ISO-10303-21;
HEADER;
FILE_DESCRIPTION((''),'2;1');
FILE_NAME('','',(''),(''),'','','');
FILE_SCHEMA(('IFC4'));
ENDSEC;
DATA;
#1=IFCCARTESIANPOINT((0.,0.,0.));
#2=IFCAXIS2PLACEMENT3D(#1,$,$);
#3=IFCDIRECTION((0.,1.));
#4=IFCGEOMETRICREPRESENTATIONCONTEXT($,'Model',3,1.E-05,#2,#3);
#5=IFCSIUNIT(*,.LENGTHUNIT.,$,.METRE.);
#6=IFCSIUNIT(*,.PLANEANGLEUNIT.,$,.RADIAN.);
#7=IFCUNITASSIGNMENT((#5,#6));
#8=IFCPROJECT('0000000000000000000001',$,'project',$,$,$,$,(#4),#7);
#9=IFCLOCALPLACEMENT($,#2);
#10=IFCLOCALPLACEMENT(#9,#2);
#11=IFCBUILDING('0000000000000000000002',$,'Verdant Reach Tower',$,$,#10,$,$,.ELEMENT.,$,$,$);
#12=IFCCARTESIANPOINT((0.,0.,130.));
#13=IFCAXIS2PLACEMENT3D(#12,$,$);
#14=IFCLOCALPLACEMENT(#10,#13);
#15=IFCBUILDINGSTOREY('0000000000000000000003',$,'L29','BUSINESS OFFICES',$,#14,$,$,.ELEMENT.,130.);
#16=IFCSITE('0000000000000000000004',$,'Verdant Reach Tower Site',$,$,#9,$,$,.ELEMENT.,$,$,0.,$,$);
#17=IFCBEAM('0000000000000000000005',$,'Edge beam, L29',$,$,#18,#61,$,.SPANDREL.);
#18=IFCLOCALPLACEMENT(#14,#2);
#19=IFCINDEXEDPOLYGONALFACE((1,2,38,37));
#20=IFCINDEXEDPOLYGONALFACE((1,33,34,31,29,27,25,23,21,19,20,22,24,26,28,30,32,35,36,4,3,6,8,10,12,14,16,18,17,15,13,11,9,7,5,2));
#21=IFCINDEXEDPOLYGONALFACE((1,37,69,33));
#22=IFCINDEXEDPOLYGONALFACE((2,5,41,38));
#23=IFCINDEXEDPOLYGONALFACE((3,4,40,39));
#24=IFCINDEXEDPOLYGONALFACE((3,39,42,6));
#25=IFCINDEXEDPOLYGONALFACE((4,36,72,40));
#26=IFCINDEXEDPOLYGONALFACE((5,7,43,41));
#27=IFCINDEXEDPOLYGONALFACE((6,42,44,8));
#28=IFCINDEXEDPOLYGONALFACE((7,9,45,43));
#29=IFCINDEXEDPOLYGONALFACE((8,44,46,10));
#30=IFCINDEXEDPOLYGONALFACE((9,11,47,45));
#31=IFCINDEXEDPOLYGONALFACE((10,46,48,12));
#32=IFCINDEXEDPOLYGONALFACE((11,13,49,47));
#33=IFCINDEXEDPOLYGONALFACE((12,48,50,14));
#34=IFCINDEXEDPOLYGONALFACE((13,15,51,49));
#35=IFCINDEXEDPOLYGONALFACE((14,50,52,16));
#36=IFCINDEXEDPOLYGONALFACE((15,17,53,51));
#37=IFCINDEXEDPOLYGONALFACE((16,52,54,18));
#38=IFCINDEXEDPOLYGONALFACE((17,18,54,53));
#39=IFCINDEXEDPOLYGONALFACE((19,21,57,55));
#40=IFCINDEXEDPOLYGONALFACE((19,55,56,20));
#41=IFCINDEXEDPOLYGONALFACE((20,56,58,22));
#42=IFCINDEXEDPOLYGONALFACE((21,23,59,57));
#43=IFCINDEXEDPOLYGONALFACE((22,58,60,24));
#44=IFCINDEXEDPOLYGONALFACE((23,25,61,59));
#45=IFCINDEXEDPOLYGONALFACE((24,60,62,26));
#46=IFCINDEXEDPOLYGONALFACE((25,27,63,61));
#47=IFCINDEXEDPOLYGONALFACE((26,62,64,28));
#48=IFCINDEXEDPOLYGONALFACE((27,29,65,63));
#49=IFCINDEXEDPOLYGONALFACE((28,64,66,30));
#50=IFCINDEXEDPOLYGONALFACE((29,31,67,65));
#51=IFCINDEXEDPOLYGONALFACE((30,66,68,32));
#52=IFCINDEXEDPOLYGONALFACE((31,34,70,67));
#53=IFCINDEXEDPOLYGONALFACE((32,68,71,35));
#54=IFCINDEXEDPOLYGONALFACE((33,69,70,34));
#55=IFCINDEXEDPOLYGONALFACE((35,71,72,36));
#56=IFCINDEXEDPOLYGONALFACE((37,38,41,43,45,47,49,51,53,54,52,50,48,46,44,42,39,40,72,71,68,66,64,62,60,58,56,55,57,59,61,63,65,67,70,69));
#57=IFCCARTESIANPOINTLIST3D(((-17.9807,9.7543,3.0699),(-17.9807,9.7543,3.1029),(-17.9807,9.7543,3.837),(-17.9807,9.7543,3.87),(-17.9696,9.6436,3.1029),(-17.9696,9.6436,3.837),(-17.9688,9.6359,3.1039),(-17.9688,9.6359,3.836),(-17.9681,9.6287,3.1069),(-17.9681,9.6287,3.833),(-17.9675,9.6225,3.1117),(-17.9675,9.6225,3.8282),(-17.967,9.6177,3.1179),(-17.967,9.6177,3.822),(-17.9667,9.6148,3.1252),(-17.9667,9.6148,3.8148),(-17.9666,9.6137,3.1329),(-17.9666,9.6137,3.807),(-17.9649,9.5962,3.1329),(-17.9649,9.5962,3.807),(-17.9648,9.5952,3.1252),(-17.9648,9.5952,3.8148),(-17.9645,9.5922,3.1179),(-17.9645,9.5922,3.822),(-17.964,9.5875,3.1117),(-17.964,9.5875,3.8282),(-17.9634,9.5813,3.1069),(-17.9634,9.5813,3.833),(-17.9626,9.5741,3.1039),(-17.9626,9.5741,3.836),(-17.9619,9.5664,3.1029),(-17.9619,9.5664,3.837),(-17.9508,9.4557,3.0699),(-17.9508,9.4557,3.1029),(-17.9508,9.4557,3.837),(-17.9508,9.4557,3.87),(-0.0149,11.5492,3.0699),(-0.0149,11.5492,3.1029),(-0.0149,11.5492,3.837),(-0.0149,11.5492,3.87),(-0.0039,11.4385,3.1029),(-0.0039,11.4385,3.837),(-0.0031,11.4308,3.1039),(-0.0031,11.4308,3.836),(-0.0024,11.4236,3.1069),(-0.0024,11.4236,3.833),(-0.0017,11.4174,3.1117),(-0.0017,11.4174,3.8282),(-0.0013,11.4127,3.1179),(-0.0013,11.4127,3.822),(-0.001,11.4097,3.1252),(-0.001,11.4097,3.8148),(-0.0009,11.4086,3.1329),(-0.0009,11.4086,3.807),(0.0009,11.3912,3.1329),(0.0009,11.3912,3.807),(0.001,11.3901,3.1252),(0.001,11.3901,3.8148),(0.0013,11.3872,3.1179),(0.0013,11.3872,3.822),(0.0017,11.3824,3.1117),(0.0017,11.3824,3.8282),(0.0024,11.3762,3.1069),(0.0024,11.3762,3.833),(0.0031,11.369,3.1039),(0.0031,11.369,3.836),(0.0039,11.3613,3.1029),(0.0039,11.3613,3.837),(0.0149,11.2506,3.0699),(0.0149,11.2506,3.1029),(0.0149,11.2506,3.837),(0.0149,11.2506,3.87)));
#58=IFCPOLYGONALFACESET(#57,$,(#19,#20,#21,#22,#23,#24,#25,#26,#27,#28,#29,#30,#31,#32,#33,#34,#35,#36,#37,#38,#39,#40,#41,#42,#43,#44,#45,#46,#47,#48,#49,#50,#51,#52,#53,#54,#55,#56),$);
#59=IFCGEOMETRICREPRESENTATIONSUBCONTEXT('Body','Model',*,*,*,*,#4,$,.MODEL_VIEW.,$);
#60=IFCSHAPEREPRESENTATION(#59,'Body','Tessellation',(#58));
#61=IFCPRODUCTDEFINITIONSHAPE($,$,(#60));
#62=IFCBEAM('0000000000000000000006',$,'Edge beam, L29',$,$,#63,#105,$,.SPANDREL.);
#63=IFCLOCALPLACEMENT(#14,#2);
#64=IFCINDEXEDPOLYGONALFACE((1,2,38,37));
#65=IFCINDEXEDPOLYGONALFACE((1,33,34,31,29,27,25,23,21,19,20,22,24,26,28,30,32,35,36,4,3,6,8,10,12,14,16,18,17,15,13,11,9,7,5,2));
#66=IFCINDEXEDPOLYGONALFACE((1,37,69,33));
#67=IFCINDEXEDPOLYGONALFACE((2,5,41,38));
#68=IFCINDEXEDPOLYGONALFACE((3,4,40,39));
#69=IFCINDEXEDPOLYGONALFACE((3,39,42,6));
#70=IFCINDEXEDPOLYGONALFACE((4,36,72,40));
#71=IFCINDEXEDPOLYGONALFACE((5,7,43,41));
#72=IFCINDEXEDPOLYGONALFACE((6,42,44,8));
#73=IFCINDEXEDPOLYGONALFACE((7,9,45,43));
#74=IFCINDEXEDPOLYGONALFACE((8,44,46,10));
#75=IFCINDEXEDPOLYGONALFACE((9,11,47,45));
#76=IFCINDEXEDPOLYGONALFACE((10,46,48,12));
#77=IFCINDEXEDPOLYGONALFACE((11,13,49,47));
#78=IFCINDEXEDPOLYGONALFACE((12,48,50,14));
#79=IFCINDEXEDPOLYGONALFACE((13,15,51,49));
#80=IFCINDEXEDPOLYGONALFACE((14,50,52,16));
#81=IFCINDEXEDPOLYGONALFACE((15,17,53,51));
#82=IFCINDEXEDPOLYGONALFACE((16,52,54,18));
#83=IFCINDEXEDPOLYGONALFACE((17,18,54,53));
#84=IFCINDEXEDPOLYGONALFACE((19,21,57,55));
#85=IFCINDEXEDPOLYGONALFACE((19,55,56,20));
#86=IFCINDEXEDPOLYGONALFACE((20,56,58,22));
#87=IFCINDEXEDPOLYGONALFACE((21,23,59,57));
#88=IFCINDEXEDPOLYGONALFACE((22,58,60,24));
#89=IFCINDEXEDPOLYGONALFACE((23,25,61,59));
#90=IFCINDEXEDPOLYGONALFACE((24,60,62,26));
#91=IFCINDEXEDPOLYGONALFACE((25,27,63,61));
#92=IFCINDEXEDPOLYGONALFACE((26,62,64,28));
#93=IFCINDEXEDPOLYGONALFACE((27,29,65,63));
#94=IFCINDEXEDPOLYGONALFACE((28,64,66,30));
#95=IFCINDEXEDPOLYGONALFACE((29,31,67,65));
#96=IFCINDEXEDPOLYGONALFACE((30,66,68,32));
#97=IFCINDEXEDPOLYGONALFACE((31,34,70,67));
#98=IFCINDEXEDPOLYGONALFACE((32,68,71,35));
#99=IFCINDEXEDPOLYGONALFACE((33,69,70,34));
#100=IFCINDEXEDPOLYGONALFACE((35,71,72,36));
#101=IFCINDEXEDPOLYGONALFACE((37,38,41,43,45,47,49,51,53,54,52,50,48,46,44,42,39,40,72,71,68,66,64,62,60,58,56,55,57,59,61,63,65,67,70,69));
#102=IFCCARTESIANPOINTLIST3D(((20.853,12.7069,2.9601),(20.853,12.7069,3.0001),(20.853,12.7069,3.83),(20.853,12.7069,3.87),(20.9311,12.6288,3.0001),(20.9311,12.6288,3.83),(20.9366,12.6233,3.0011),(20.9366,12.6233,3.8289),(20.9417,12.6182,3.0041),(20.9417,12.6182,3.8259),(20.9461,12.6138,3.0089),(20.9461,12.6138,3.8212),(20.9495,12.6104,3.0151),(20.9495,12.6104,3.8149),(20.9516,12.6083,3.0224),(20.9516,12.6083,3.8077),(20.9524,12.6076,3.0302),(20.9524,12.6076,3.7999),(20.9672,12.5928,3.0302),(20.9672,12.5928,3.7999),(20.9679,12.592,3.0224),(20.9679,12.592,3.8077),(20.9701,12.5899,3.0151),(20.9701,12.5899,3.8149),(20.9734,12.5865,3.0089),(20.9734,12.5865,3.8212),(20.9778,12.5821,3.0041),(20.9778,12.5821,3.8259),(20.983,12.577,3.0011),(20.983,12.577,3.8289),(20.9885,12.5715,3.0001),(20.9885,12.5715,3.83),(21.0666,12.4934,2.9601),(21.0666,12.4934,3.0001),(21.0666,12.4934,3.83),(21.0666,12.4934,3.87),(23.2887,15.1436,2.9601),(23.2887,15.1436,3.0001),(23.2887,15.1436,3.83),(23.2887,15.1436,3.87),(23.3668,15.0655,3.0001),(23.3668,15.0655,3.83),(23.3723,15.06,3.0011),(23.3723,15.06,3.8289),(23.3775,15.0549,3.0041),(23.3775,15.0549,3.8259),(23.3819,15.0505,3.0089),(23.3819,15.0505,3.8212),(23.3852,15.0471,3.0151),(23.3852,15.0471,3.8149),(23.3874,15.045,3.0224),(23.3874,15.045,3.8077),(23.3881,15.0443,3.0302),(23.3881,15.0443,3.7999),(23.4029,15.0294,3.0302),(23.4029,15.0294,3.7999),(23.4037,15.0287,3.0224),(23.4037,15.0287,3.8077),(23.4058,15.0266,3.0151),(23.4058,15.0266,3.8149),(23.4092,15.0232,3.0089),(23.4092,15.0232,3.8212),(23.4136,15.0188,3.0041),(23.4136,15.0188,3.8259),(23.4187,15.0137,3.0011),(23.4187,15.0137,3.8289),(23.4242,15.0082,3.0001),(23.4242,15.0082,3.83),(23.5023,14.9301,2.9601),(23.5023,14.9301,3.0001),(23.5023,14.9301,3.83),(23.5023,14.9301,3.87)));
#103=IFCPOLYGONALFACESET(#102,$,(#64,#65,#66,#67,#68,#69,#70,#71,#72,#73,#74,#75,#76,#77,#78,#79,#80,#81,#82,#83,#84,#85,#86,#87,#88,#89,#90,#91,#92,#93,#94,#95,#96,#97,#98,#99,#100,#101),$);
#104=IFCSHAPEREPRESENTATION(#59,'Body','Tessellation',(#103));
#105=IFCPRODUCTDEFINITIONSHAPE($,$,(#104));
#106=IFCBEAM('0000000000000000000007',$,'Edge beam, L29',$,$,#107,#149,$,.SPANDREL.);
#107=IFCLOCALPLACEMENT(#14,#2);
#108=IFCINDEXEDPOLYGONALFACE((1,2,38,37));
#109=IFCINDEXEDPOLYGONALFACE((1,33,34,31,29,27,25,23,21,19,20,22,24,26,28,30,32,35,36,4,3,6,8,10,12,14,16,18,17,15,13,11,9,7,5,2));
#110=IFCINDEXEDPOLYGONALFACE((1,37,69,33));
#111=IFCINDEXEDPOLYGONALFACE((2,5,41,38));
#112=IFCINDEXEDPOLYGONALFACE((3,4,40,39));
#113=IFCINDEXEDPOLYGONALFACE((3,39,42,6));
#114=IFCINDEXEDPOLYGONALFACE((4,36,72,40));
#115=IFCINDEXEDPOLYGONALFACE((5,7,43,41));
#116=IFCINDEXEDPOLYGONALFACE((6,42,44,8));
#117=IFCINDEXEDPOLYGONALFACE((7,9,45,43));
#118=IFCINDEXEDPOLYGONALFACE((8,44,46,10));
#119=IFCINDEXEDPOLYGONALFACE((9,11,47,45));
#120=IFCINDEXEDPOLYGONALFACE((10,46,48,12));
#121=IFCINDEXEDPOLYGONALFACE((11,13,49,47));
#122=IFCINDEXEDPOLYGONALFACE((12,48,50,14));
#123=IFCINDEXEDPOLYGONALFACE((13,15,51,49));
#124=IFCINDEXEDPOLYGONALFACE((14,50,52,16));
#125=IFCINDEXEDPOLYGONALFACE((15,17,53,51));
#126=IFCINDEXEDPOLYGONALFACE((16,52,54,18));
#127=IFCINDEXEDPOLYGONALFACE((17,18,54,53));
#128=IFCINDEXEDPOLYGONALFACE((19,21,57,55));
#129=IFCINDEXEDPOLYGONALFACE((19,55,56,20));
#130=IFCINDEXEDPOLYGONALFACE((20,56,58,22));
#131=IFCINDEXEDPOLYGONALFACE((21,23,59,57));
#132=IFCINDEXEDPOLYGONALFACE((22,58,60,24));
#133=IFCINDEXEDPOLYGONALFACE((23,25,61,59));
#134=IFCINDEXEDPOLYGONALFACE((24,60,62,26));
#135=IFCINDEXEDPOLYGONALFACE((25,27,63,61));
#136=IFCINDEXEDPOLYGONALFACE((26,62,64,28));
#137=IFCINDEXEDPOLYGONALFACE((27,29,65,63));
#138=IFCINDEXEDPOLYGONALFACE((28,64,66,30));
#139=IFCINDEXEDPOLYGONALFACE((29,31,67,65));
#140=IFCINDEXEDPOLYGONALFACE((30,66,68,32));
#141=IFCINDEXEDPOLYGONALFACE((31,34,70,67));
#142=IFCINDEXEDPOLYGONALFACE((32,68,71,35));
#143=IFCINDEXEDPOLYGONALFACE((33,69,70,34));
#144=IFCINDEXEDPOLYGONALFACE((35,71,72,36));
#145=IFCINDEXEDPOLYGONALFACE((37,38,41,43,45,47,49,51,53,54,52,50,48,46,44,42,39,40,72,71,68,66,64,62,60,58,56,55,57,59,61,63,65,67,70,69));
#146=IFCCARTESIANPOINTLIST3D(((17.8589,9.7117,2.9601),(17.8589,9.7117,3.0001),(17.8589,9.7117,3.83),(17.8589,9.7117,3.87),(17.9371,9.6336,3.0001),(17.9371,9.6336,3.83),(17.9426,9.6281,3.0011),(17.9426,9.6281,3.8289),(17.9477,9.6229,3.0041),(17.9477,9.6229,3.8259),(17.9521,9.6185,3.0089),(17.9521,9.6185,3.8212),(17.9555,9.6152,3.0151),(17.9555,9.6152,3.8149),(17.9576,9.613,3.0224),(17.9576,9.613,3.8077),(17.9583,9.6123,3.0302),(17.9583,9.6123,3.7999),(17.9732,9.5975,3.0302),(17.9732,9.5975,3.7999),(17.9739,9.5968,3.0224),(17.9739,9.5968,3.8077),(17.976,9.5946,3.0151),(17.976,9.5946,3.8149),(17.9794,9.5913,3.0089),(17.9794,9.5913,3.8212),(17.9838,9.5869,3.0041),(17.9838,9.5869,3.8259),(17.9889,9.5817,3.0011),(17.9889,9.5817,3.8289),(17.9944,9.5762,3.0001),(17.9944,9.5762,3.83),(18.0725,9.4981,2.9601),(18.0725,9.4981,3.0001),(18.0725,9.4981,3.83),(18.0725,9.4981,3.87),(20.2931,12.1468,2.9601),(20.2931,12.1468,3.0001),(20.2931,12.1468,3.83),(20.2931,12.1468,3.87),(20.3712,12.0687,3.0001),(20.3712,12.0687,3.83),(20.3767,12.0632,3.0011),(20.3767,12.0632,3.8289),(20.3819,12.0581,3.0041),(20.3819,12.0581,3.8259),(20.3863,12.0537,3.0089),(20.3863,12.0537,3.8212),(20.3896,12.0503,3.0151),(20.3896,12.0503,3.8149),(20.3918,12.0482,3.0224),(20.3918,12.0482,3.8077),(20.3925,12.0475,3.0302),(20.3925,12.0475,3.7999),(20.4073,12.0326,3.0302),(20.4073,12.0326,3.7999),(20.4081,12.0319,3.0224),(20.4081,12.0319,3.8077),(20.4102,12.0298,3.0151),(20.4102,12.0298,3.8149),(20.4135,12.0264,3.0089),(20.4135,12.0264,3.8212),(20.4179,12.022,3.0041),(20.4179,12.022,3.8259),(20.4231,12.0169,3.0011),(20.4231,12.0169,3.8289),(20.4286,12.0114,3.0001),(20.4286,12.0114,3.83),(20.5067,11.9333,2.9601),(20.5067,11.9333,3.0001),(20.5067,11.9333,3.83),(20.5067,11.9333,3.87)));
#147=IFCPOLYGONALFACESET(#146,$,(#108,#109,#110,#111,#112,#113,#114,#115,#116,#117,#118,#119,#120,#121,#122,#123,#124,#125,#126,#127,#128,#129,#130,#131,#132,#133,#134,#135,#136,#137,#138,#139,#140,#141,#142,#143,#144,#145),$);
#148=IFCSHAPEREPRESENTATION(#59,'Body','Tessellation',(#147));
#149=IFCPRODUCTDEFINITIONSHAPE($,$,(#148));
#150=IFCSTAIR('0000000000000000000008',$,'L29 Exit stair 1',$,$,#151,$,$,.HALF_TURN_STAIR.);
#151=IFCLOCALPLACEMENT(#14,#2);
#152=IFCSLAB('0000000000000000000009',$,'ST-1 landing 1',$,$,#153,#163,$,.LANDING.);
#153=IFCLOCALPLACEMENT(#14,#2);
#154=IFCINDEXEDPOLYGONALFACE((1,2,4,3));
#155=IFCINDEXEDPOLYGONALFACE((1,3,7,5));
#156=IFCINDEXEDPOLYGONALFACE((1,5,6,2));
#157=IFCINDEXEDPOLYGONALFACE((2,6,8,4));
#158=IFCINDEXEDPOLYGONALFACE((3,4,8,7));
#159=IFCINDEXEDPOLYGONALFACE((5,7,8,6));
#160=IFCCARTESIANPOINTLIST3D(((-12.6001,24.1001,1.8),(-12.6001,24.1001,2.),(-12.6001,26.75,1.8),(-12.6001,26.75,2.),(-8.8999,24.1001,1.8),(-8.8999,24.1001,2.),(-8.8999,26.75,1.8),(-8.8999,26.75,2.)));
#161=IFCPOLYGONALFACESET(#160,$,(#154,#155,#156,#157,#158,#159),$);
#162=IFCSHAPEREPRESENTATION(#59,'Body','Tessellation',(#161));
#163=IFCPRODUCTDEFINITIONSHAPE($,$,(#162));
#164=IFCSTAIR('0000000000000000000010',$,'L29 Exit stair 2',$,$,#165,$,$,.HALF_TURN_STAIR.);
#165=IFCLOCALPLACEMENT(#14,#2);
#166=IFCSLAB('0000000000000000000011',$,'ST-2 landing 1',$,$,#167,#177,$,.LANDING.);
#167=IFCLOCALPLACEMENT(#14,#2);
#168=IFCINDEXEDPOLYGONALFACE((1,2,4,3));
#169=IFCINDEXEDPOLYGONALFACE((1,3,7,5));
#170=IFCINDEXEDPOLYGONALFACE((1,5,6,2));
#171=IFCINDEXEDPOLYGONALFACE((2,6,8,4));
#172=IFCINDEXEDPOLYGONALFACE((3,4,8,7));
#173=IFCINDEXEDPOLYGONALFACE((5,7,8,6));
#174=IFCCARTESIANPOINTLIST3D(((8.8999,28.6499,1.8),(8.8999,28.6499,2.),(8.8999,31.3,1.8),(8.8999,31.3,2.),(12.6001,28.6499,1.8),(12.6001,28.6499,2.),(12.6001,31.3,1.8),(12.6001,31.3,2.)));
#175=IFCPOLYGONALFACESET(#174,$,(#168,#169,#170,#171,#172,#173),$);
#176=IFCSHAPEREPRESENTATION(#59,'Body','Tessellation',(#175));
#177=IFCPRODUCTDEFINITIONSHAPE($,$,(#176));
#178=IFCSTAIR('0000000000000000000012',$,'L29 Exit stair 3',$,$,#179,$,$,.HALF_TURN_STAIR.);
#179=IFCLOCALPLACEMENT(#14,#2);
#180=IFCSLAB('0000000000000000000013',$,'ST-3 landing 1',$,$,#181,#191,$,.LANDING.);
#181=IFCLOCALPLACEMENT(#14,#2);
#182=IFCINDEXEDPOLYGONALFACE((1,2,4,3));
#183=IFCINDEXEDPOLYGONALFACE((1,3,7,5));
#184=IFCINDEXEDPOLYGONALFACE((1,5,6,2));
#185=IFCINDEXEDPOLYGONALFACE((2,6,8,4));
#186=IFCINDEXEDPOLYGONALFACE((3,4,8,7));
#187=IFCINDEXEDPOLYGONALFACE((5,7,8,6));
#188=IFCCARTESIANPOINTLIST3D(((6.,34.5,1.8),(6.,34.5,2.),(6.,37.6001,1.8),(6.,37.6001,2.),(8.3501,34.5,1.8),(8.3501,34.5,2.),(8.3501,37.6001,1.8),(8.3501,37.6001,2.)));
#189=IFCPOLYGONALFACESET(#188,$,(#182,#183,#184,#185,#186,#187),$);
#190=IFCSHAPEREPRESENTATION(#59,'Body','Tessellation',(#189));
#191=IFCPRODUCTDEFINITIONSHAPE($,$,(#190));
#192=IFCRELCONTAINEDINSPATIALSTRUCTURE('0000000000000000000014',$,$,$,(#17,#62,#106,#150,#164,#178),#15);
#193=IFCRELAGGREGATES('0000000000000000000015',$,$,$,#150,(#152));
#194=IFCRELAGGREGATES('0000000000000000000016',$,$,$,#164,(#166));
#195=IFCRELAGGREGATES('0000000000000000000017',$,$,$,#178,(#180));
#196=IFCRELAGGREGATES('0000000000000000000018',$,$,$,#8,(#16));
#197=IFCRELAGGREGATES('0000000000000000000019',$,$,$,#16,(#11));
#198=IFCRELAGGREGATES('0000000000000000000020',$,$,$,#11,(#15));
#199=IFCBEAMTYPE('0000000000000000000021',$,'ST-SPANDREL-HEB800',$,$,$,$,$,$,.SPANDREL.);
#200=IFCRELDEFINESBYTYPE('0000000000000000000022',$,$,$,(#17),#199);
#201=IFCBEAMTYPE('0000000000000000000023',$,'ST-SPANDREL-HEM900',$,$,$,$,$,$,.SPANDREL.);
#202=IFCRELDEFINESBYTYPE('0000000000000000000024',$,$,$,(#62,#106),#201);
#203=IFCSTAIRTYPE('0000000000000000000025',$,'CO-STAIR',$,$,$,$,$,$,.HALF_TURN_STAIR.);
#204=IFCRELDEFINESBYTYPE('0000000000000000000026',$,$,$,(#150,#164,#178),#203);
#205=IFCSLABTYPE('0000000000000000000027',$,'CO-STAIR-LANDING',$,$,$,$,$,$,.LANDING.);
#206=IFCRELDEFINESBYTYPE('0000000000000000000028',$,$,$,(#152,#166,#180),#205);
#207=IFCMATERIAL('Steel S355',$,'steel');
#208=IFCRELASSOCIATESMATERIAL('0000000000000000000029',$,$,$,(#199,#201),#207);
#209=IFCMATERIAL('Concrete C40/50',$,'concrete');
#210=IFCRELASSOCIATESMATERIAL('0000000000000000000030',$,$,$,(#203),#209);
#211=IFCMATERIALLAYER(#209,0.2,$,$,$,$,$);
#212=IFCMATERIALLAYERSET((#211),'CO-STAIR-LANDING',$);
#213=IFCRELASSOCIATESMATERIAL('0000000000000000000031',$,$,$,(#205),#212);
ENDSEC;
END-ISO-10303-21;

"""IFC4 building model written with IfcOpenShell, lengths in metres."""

from ifc_helpers import new_model, si_unit, direction, frame, origin, origin_2d, place, context, subcontext, project, spatial, polyline, i_section, outline, extrude, material, layer, layer_set, material_profile, profile_set, type_object, element, aggregate, save


model = new_model("IFC4")

# Units and contexts
model_context = context("Model", 3, precision=1e-05, world=origin(), true_north=direction((0.0, 1.0)))
body_context = subcontext(model_context, "Body", "Model", "MODEL_VIEW")
ifc_project = project(units=[si_unit("LENGTHUNIT", "METRE"), si_unit("PLANEANGLEUNIT", "RADIAN")], contexts=[model_context])

# Site, building, storey
site_placement = place(None, origin())
site = spatial("IfcSite", under=ifc_project, at=site_placement, Name="Verdant Reach Tower Site", CompositionType="ELEMENT", RefElevation=0.0)
building_placement = place(site_placement, origin())
building = spatial("IfcBuilding", under=site, at=building_placement, Name="Verdant Reach Tower", CompositionType="ELEMENT")
storey_placement = place(building_placement, frame((0.0, 0.0, 130.0)))
storey = spatial("IfcBuildingStorey", under=building, at=storey_placement, Name="L29", Description="BUSINESS OFFICES", CompositionType="ELEMENT", Elevation=130.0)

# Beams
ifc_material_1 = material(Name="Steel S355", Category="steel")
ifc_material_profile_1 = material_profile(ifc_material_1, i_section(OverallWidth=0.3, OverallDepth=0.8, WebThickness=0.0176, FlangeThickness=0.033, FilletRadius=0.03, at=origin_2d()), Name="HEB 800")
ifc_profile_set_1 = profile_set([ifc_material_profile_1], Name="Steel S355")
beam_type_1 = type_object("IfcBeamType", Name="ST-SPANDREL-HEB800", PredefinedType="SPANDREL", material=ifc_profile_set_1)
for number, where, z_axis, x_axis, name in (
    (1, (0.0, 11.3999, 3.47), (-0.995046, -0.099413, 0.0), (0.099413, -0.995046, 0.0), "Edge beam, L29"),
):
    element("IfcBeam", number, at=place(storey_placement, frame(where, z_axis=z_axis, x_axis=x_axis)), inside=storey, type_object=beam_type_1, Name=name, PredefinedType="SPANDREL", context=body_context, shape_type="SweptSolid", body=[
        extrude(i_section(OverallWidth=0.3, OverallDepth=0.8, WebThickness=0.0176, FlangeThickness=0.033, FilletRadius=0.03, at=origin_2d()), origin(), (0.0, 0.0, 1.0), 18.0552),
    ])
ifc_material_profile_2 = material_profile(ifc_material_1, i_section(OverallWidth=0.302, OverallDepth=0.9099, WebThickness=0.021, FlangeThickness=0.04, FilletRadius=0.03, at=origin_2d()), Name="HEM 900")
ifc_profile_set_2 = profile_set([ifc_material_profile_2], Name="Steel S355")
beam_type_2 = type_object("IfcBeamType", Name="ST-SPANDREL-HEM900", PredefinedType="SPANDREL", material=ifc_profile_set_2)
beam_1_placement = place(storey_placement, frame((23.3955, 15.0369, 3.415), z_axis=(-0.706965, -0.707248, 0.0), x_axis=(0.707248, -0.706965, 0.0)))
element("IfcBeam", 2, at=beam_1_placement, inside=storey, type_object=beam_type_2, Name="Edge beam, L29", PredefinedType="SPANDREL", context=body_context, shape_type="SweptSolid", body=[
    extrude(i_section(OverallWidth=0.302, OverallDepth=0.9099, WebThickness=0.021, FlangeThickness=0.04, FilletRadius=0.03, at=origin_2d()), origin(), (0.0, 0.0, 1.0), 3.4453),
])
beam_2_placement = place(storey_placement, frame((20.3999, 12.04, 3.415), z_axis=(-0.706965, -0.707249, 0.0), x_axis=(0.707249, -0.706965, 0.0)))
element("IfcBeam", 3, at=beam_2_placement, inside=storey, type_object=beam_type_2, Name="Edge beam, L29", PredefinedType="SPANDREL", context=body_context, shape_type="SweptSolid", body=[
    extrude(i_section(OverallWidth=0.302, OverallDepth=0.9099, WebThickness=0.021, FlangeThickness=0.04, FilletRadius=0.03, at=origin_2d()), origin(), (0.0, 0.0, 1.0), 3.4431),
])

# Stairs, slabs
ifc_material_2 = material(Name="Concrete C40/50", Category="concrete")
stair_type = type_object("IfcStairType", Name="CO-STAIR", PredefinedType="HALF_TURN_STAIR", material=ifc_material_2)
stair_1_placement = place(storey_placement, origin())
stair_1 = element("IfcStair", 4, at=stair_1_placement, inside=storey, type_object=stair_type, Name="L29 Exit stair 1", PredefinedType="HALF_TURN_STAIR")
ifc_layer_1 = layer(ifc_material_2, 0.2)
ifc_layer_set_1 = layer_set([ifc_layer_1], Name="CO-STAIR-LANDING")
slab_type_1 = type_object("IfcSlabType", Name="CO-STAIR-LANDING", PredefinedType="LANDING", material=ifc_layer_set_1)
slab_1_placement = place(storey_placement, frame((0.0, 0.0, 1.8)))
slab_1 = element("IfcSlab", 5, at=slab_1_placement, type_object=slab_type_1, Name="ST-1 landing 1", PredefinedType="LANDING", context=body_context, shape_type="SweptSolid", body=[
    extrude(outline(polyline([(-12.6001, 26.75), (-12.6001, 24.1001), (-8.8999, 24.1001), (-8.8999, 26.75), (-12.6001, 26.75)])), origin(), (0.0, 0.0, 1.0), 0.2),
])
aggregate(stair_1, [slab_1])
stair_2_placement = place(storey_placement, origin())
stair_2 = element("IfcStair", 6, at=stair_2_placement, inside=storey, type_object=stair_type, Name="L29 Exit stair 2", PredefinedType="HALF_TURN_STAIR")
slab_2_placement = place(storey_placement, frame((0.0, 0.0, 1.8)))
slab_2 = element("IfcSlab", 7, at=slab_2_placement, type_object=slab_type_1, Name="ST-2 landing 1", PredefinedType="LANDING", context=body_context, shape_type="SweptSolid", body=[
    extrude(outline(polyline([(12.6001, 28.6499), (12.6001, 31.3), (8.8999, 31.3), (8.8999, 28.6499), (12.6001, 28.6499)])), origin(), (0.0, 0.0, 1.0), 0.2),
])
aggregate(stair_2, [slab_2])
stair_3_placement = place(storey_placement, origin())
stair_3 = element("IfcStair", 8, at=stair_3_placement, inside=storey, type_object=stair_type, Name="L29 Exit stair 3", PredefinedType="HALF_TURN_STAIR")
slab_3_placement = place(storey_placement, frame((0.0, 0.0, 1.8)))
slab_3 = element("IfcSlab", 9, at=slab_3_placement, type_object=slab_type_1, Name="ST-3 landing 1", PredefinedType="LANDING", context=body_context, shape_type="SweptSolid", body=[
    extrude(outline(polyline([(8.3501, 37.6001), (6.0, 37.6001), (6.0, 34.5), (8.3501, 34.5), (8.3501, 37.6001)])), origin(), (0.0, 0.0, 1.0), 0.2),
])
aggregate(stair_3, [slab_3])

save(model, "model.ifc")
